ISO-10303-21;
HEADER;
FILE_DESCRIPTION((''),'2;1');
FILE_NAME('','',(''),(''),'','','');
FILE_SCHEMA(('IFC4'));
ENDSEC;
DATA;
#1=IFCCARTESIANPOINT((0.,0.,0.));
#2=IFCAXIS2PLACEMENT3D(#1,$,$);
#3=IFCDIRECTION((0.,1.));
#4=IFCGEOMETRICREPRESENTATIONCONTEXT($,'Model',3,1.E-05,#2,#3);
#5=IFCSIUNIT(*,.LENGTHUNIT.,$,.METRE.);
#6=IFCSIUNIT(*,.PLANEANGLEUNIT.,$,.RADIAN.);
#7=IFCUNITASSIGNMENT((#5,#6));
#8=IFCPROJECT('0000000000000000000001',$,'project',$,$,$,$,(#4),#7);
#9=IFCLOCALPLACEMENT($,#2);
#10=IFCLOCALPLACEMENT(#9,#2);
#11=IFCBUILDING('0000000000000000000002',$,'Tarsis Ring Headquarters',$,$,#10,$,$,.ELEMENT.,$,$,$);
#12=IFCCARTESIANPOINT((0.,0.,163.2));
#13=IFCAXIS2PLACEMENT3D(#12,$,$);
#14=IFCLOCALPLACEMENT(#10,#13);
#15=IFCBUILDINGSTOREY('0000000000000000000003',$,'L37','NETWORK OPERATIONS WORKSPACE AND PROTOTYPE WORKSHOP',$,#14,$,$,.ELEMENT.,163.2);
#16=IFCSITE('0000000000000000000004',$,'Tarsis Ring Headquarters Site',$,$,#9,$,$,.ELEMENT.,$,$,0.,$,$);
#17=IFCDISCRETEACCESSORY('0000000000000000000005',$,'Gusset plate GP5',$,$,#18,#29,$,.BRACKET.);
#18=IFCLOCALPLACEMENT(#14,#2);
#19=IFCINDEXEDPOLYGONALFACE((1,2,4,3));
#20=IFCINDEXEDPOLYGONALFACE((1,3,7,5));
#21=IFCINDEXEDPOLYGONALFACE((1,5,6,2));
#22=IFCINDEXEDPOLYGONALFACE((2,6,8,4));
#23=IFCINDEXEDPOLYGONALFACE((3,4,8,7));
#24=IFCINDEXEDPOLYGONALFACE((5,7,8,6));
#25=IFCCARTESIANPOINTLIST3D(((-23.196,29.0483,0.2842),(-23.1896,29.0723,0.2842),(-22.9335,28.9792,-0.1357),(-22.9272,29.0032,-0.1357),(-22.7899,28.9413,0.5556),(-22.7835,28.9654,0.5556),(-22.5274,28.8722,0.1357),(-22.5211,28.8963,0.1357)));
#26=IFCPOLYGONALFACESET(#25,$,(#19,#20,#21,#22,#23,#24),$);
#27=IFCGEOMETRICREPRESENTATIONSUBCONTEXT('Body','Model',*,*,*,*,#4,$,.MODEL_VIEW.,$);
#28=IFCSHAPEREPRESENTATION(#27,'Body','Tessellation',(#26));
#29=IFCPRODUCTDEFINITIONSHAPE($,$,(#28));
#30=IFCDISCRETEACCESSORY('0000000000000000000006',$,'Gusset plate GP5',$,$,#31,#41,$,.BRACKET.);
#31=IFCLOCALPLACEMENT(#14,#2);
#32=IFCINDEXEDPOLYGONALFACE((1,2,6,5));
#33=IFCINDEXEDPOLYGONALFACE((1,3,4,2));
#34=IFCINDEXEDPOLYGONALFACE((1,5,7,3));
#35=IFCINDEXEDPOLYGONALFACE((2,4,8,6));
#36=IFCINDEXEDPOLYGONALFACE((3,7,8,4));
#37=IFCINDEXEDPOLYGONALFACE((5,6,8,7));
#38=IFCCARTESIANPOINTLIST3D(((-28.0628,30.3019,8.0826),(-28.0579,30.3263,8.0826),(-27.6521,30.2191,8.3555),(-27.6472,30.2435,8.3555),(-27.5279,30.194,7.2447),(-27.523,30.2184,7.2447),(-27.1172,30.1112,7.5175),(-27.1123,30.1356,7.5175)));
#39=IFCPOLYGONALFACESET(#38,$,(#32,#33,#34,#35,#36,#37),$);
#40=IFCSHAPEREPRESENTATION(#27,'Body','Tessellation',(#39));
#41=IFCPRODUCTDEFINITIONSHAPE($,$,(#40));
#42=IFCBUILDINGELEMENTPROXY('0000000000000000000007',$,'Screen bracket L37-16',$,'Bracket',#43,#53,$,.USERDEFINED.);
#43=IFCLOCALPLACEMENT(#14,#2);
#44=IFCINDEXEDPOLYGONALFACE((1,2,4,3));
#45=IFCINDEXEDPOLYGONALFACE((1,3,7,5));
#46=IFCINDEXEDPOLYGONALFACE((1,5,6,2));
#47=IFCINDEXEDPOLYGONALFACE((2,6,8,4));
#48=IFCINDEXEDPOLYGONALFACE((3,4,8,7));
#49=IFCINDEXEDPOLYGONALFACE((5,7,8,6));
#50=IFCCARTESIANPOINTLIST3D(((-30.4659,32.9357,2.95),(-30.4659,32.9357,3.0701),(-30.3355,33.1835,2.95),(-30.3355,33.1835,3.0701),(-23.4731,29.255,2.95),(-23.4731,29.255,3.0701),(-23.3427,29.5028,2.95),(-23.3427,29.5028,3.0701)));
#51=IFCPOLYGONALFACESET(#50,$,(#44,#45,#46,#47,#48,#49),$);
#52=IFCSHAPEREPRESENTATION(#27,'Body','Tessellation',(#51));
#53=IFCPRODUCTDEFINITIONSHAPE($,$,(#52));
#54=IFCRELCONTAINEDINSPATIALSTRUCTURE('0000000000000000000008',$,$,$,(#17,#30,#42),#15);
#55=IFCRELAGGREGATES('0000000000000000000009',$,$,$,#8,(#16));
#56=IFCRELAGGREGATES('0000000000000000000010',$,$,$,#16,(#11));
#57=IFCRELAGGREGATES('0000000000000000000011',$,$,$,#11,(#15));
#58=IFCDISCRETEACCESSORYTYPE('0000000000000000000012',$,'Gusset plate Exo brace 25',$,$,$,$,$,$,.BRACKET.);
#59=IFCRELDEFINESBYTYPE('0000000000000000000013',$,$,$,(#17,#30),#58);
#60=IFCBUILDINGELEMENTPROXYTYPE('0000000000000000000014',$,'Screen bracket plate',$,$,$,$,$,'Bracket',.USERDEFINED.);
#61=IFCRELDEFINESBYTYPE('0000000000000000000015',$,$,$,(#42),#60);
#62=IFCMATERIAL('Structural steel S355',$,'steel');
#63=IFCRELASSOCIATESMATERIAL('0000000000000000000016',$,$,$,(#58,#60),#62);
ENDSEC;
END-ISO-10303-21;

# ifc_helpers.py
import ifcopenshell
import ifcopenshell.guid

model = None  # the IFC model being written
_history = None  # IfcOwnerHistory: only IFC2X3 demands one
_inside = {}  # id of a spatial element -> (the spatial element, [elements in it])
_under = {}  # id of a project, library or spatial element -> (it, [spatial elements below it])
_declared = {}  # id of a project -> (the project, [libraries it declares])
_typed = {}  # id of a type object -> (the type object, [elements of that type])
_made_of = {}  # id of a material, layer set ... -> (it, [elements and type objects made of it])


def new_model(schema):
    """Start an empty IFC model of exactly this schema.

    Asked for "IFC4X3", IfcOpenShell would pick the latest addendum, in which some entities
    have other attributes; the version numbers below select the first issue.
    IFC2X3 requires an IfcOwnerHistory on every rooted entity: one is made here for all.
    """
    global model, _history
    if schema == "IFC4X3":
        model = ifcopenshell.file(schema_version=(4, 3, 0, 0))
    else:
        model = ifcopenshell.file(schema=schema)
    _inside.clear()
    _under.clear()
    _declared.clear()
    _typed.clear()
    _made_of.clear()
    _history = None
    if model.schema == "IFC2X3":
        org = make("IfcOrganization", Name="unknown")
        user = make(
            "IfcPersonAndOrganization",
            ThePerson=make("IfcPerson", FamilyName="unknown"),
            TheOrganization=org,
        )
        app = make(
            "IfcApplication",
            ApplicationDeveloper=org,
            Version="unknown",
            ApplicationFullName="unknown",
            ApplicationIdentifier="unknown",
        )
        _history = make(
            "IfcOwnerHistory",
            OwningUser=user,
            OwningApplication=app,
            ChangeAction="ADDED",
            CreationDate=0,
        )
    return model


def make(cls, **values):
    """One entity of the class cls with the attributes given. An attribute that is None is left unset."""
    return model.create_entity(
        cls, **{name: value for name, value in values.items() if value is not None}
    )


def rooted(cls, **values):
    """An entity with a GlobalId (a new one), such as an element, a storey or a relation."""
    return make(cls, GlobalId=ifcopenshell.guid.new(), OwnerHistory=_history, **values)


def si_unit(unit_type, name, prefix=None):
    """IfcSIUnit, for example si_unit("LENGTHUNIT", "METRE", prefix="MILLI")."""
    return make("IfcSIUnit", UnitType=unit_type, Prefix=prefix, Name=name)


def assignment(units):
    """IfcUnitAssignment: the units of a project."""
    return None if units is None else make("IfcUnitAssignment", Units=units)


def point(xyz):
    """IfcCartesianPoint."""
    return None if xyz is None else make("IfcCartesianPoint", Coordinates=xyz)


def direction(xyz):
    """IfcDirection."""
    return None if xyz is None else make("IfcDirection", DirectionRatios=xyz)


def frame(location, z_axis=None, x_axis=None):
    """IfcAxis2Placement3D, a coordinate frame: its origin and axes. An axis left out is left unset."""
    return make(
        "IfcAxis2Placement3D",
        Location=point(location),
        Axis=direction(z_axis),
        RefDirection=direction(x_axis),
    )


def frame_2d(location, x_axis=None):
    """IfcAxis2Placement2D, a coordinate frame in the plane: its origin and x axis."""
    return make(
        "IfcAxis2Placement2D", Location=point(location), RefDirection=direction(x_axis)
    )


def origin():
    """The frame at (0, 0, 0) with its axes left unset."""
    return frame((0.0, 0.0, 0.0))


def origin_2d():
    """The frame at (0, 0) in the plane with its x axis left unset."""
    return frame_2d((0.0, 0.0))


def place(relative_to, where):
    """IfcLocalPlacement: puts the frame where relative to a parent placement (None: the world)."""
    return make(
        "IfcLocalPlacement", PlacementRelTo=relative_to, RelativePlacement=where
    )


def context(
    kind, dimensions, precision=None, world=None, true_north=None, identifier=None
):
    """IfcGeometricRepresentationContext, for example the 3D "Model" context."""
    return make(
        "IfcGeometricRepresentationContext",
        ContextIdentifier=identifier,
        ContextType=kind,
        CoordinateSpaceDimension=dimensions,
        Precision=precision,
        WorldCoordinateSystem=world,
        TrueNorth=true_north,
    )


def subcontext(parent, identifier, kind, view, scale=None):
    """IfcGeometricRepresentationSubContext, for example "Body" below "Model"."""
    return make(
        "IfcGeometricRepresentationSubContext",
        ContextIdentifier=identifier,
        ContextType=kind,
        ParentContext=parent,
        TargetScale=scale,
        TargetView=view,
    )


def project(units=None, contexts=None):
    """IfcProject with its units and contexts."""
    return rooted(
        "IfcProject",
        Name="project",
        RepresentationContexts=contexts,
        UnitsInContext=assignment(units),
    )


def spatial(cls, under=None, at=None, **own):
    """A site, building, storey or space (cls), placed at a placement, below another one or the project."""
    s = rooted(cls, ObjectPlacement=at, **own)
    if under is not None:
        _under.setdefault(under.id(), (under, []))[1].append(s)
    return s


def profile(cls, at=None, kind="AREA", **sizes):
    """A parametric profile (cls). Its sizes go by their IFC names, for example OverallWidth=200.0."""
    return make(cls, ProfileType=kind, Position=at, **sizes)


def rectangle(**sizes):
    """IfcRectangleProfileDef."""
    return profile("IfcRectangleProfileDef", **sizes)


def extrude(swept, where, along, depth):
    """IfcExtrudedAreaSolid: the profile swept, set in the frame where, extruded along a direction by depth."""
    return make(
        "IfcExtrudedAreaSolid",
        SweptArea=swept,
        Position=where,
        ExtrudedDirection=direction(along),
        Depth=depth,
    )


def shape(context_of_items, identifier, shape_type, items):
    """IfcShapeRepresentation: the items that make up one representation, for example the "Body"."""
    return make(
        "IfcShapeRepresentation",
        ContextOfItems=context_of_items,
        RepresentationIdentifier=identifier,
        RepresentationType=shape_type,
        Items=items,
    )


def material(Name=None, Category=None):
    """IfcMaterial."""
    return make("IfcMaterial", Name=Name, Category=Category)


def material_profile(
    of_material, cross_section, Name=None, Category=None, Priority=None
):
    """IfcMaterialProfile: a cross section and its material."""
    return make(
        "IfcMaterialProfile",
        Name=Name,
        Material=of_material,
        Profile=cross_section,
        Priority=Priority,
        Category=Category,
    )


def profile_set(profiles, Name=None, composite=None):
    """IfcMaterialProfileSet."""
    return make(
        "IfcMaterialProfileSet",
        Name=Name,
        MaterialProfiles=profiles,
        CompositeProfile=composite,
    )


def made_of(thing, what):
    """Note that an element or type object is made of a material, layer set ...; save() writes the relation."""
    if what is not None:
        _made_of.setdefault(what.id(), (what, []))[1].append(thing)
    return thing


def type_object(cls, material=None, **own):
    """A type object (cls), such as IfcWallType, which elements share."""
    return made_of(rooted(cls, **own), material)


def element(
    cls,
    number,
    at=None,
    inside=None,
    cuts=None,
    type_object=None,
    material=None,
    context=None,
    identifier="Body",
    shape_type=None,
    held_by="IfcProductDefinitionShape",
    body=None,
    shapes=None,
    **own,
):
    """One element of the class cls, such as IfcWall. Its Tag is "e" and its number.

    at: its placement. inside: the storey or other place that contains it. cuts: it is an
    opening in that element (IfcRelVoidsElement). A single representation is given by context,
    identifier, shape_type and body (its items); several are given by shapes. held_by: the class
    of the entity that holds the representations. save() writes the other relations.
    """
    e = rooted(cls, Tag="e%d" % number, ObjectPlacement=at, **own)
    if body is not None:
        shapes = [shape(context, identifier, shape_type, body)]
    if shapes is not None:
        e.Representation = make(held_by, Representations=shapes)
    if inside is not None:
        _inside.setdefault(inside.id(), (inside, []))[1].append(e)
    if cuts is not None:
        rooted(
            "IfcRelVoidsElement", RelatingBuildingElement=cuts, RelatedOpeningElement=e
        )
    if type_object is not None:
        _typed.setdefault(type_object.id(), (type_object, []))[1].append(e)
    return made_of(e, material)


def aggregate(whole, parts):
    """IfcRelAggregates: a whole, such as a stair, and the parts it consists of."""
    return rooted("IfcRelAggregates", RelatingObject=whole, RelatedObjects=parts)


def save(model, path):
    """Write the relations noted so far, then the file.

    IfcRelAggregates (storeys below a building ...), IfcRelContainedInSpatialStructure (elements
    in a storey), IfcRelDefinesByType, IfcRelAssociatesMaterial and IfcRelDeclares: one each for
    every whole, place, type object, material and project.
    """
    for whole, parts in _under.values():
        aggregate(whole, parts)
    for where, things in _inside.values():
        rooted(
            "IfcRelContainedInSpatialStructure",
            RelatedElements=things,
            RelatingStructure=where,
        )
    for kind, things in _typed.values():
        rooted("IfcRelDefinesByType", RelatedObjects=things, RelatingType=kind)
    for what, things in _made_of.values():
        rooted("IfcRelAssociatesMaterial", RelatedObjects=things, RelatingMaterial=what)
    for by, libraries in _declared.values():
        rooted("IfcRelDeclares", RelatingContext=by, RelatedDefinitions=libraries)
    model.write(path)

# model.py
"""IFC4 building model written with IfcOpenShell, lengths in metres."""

from ifc_helpers import new_model, si_unit, direction, frame, origin, origin_2d, place, context, subcontext, project, spatial, rectangle, extrude, material, material_profile, profile_set, type_object, element, save


model = new_model("IFC4")

# Units and contexts
model_context = context("Model", 3, precision=1e-05, world=origin(), true_north=direction((0.0, 1.0)))
body_context = subcontext(model_context, "Body", "Model", "MODEL_VIEW")
ifc_project = project(units=[si_unit("LENGTHUNIT", "METRE"), si_unit("PLANEANGLEUNIT", "RADIAN")], contexts=[model_context])

# Site, building, storey
site_placement = place(None, origin())
site = spatial("IfcSite", under=ifc_project, at=site_placement, Name="Tarsis Ring Headquarters Site", CompositionType="ELEMENT", RefElevation=0.0)
building_placement = place(site_placement, origin())
building = spatial("IfcBuilding", under=site, at=building_placement, Name="Tarsis Ring Headquarters", CompositionType="ELEMENT")
storey_placement = place(building_placement, frame((0.0, 0.0, 163.2)))
storey = spatial("IfcBuildingStorey", under=building, at=storey_placement, Name="L37", Description="NETWORK OPERATIONS WORKSPACE AND PROTOTYPE WORKSHOP", CompositionType="ELEMENT", Elevation=163.2)

# Shared definitions
ifc_material_1 = material(Name="Structural steel S355", Category="steel")

# Discrete accessories
ifc_material_profile_1 = material_profile(ifc_material_1, rectangle(XDim=0.0249, YDim=0.5, at=origin_2d()), Name="PL 25x500")
ifc_profile_set_1 = profile_set([ifc_material_profile_1], Name="Structural steel S355")
discrete_accessory_type = type_object("IfcDiscreteAccessoryType", Name="Gusset plate Exo brace 25", PredefinedType="BRACKET", material=ifc_profile_set_1)
discrete_accessory_1_placement = place(storey_placement, frame((-22.7273, 28.9377, 0.0), z_axis=(-0.524914, 0.138187, 0.839863), x_axis=(-0.254582, -0.967051, 0.0)))
element("IfcDiscreteAccessory", 1, at=discrete_accessory_1_placement, inside=storey, type_object=discrete_accessory_type, Name="Gusset plate GP5", PredefinedType="BRACKET", context=body_context, shape_type="SweptSolid", body=[
    extrude(rectangle(XDim=0.0249, YDim=0.5, at=origin_2d()), origin(), (0.0, 0.0, 1.0), 0.5),
])
discrete_accessory_2_placement = place(storey_placement, frame((-27.3201, 30.1648, 7.3811), z_axis=(-0.534956, 0.107919, 0.837959), x_axis=(-0.197751, -0.980252, 0.0)))
element("IfcDiscreteAccessory", 2, at=discrete_accessory_2_placement, inside=storey, type_object=discrete_accessory_type, Name="Gusset plate GP5", PredefinedType="BRACKET", context=body_context, shape_type="SweptSolid", body=[
    extrude(rectangle(XDim=0.0249, YDim=0.5, at=origin_2d()), origin(), (0.0, 0.0, 1.0), 1.0),
])

# Building element proxy
building_element_proxy_type = type_object("IfcBuildingElementProxyType", Name="Screen bracket plate", ElementType="Bracket", PredefinedType="USERDEFINED", material=ifc_material_1)
proxy_placement = place(storey_placement, frame((-26.9043, 31.2192, 2.95), z_axis=(0.0, 0.0, 1.0), x_axis=(-0.884906, 0.465769, 0.0)))
element("IfcBuildingElementProxy", 3, at=proxy_placement, inside=storey, type_object=building_element_proxy_type, Name="Screen bracket L37-16", ObjectType="Bracket", PredefinedType="USERDEFINED", context=body_context, shape_type="SweptSolid", body=[
    extrude(rectangle(XDim=7.9023, YDim=0.28, at=origin_2d()), origin(), (0.0, 0.0, 1.0), 0.1201),
])

save(model, "model.ifc")
